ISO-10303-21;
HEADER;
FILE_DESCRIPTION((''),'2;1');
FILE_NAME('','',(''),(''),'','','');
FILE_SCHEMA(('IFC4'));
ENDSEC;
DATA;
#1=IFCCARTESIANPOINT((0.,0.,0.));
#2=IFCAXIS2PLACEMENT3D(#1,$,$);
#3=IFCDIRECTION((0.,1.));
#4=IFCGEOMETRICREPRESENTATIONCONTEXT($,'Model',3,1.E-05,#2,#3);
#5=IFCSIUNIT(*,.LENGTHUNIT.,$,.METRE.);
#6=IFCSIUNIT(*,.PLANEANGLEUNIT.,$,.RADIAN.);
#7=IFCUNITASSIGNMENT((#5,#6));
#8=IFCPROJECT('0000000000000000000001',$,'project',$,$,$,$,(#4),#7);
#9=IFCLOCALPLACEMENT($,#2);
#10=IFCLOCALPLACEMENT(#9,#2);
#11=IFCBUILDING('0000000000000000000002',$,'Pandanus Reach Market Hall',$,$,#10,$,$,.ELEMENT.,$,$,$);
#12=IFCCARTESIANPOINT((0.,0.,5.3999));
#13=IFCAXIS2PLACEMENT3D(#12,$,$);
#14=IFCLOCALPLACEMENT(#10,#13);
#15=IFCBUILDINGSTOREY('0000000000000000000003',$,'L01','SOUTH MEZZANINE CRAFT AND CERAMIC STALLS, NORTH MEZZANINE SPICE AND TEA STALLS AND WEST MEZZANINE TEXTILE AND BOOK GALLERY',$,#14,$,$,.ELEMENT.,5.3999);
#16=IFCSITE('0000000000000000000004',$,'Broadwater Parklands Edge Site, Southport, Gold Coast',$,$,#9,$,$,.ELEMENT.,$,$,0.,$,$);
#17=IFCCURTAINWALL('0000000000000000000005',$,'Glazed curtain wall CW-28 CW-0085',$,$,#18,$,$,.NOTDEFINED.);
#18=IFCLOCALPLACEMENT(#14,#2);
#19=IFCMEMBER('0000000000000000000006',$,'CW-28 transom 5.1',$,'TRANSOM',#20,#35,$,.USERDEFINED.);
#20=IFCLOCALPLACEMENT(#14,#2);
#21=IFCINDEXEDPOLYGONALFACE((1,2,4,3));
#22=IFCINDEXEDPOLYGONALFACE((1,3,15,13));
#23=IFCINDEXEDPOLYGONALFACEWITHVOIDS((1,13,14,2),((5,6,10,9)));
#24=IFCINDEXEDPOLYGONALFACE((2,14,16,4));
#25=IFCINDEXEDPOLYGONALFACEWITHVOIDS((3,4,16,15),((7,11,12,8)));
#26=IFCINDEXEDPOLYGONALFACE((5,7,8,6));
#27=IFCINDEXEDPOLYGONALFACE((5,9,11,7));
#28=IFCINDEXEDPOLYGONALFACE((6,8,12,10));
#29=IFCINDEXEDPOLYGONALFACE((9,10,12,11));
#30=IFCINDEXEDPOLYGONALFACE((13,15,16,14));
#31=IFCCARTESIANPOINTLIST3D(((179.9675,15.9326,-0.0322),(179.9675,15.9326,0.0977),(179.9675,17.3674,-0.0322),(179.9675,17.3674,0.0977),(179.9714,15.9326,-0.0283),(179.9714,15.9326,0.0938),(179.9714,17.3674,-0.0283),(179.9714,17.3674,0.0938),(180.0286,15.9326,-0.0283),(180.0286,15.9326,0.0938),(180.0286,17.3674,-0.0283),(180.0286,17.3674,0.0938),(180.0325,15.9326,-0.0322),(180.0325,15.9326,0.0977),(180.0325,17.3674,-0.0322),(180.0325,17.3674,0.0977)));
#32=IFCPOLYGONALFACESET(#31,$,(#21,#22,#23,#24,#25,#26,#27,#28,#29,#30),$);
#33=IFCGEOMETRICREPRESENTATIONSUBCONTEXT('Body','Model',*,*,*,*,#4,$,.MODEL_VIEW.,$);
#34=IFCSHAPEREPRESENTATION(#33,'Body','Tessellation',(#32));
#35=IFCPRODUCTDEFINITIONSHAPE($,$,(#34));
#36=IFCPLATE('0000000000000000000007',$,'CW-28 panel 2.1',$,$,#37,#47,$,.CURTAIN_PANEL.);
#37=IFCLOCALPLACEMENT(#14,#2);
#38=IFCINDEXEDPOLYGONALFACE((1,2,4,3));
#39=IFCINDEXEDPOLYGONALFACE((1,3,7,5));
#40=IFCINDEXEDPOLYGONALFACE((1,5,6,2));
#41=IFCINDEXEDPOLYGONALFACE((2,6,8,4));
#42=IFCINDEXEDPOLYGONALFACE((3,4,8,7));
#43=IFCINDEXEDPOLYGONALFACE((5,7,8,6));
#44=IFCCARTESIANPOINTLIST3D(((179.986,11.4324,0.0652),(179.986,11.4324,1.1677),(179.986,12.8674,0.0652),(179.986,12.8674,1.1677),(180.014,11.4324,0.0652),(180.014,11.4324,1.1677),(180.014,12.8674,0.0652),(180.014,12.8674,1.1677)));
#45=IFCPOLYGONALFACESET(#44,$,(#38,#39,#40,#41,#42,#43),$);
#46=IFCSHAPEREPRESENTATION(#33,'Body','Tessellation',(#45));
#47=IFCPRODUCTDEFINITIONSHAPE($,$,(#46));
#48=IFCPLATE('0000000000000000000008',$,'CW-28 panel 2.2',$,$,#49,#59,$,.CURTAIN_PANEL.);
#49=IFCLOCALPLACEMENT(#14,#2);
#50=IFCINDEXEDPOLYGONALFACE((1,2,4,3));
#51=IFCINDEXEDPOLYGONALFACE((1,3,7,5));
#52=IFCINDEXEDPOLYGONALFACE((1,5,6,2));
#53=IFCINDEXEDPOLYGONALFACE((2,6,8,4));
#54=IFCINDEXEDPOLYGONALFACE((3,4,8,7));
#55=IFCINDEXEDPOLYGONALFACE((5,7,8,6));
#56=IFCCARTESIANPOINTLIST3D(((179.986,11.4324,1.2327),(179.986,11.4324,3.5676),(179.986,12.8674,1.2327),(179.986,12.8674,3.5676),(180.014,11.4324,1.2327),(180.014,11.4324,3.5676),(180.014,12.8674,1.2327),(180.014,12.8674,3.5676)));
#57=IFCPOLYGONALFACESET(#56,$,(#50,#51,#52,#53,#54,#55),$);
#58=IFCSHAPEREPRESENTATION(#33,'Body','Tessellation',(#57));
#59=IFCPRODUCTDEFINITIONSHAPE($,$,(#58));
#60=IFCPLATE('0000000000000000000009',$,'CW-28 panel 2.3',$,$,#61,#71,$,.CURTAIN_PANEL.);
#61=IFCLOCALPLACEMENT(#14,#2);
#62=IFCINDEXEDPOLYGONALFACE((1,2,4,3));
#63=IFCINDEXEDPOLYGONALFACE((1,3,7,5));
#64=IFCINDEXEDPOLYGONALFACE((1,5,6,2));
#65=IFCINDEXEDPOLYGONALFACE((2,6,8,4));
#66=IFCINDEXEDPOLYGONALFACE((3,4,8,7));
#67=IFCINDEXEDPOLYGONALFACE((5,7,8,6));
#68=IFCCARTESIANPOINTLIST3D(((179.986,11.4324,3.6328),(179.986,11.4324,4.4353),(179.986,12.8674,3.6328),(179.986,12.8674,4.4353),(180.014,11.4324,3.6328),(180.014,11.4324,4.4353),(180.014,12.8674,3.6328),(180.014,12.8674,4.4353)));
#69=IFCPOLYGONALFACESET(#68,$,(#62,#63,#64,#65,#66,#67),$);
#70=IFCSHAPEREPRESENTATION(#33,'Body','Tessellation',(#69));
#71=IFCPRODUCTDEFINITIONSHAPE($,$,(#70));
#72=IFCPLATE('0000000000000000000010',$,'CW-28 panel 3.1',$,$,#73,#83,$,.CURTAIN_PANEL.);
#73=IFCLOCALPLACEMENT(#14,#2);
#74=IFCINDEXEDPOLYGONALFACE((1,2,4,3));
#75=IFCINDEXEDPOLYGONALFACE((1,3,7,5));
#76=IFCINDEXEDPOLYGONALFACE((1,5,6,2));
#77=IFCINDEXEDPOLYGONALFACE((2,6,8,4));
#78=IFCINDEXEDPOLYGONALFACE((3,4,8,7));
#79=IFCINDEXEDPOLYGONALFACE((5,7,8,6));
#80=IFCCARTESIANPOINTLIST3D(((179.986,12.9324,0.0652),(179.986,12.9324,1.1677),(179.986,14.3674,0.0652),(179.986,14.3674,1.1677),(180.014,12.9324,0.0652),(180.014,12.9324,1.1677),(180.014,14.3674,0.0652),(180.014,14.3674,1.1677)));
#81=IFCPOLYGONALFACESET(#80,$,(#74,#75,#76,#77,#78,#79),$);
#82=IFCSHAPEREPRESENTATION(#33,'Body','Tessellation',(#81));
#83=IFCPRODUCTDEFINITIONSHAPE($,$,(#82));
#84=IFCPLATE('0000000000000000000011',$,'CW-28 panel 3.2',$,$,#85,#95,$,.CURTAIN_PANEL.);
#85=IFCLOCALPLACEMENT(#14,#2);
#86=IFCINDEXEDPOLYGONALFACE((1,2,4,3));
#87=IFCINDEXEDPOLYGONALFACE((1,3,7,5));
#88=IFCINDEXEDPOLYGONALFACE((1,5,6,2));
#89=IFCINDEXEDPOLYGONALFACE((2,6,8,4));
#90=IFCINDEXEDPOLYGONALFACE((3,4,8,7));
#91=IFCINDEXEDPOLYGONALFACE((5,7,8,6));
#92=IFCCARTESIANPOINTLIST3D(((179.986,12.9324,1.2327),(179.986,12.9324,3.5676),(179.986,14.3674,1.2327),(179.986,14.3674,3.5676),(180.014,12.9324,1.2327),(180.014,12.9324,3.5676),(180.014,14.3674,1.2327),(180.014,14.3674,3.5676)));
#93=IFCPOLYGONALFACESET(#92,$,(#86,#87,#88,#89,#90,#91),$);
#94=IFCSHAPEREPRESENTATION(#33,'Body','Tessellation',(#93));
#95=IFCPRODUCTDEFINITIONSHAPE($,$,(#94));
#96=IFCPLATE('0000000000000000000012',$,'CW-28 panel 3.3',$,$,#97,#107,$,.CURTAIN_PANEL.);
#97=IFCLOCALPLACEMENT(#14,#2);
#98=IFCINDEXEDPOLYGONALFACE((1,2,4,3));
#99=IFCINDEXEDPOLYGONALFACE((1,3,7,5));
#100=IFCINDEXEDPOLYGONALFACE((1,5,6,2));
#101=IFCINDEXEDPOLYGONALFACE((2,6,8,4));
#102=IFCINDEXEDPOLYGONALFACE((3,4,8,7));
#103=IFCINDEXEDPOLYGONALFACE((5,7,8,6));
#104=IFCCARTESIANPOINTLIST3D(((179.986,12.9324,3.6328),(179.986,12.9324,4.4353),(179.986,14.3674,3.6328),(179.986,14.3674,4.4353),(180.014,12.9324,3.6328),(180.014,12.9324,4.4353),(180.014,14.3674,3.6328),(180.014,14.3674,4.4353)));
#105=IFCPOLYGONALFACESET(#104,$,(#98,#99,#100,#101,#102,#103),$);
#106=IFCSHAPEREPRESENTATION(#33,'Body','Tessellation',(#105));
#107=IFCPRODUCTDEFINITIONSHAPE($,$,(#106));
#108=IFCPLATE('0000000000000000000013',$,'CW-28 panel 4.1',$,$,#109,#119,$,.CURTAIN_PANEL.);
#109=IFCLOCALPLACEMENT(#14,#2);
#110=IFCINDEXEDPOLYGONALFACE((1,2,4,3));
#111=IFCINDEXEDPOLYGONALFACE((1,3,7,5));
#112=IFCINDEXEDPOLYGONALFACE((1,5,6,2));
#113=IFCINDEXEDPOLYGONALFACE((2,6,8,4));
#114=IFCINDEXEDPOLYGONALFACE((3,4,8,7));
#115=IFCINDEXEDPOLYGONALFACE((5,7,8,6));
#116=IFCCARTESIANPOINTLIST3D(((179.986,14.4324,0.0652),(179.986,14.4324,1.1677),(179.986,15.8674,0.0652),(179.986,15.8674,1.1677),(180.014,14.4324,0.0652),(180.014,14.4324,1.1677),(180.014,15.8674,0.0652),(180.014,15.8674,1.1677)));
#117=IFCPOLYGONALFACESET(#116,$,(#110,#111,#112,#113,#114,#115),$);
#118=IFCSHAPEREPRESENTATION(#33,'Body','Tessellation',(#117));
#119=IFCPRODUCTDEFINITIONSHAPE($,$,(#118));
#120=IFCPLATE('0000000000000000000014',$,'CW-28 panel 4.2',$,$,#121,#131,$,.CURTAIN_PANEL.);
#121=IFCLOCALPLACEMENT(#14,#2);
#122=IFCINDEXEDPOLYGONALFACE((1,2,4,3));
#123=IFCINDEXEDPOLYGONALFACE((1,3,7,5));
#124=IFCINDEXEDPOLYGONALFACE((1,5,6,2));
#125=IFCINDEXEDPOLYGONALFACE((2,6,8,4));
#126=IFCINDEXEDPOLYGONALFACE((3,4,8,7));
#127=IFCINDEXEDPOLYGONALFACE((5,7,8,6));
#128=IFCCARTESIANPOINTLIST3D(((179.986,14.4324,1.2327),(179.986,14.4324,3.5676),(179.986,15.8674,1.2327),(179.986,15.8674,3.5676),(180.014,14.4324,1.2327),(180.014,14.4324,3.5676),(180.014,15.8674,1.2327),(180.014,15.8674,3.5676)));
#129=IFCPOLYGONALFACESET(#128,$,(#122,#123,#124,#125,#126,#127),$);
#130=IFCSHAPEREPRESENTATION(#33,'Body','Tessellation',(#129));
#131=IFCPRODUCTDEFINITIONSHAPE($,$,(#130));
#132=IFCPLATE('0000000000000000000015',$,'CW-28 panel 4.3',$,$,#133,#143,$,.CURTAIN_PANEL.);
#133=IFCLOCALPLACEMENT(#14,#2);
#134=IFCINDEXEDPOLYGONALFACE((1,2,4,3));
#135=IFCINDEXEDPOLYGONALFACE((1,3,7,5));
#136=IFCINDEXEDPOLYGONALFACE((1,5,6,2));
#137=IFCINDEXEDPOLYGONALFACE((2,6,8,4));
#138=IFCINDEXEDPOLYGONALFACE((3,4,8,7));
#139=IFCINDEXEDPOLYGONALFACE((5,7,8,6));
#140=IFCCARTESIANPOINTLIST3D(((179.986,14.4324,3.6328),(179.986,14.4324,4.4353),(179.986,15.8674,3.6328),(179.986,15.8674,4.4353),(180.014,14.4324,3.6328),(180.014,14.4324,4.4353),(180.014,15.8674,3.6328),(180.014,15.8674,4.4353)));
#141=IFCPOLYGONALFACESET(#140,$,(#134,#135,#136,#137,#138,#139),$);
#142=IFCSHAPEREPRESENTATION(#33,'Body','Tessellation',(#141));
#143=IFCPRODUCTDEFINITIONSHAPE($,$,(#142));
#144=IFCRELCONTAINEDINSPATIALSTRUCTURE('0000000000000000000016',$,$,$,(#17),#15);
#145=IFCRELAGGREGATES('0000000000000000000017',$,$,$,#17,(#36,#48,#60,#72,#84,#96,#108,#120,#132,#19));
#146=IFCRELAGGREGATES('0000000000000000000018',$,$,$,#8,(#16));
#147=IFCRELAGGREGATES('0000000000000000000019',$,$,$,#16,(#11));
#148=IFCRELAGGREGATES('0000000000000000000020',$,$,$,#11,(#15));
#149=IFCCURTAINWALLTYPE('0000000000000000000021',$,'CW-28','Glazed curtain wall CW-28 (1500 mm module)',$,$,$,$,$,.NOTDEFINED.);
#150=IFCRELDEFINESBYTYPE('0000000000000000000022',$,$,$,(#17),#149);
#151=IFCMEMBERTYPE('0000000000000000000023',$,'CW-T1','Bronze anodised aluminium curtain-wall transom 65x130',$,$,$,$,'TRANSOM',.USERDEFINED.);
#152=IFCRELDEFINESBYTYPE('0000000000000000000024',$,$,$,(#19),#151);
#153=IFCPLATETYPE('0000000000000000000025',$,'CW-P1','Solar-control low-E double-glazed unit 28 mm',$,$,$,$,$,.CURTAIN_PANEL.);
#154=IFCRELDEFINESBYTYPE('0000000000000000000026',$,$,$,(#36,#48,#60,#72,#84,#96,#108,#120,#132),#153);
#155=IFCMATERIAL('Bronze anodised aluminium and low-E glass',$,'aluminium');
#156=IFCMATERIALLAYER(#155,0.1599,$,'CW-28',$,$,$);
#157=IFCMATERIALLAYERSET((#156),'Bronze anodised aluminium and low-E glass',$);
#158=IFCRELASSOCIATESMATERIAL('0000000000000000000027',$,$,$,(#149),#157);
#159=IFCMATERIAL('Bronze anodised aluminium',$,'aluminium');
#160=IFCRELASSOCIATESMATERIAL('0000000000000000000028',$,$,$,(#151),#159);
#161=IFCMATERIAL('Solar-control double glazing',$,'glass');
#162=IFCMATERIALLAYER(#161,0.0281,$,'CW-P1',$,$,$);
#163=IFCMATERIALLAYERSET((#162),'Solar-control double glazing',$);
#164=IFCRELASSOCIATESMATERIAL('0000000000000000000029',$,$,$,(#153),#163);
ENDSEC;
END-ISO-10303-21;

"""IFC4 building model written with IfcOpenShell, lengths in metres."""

from ifc_helpers import new_model, si_unit, direction, frame, origin, origin_2d, place, context, subcontext, project, spatial, rectangle, hollow_rectangle, extrude, material, layer, layer_set, material_profile, profile_set, type_object, element, aggregate, save


model = new_model("IFC4")

# Units and contexts
model_context = context("Model", 3, precision=1e-05, world=origin(), true_north=direction((0.0, 1.0)))
body_context = subcontext(model_context, "Body", "Model", "MODEL_VIEW")
ifc_project = project(units=[si_unit("LENGTHUNIT", "METRE"), si_unit("PLANEANGLEUNIT", "RADIAN")], contexts=[model_context])

# Site, building, storey
site_placement = place(None, origin())
site = spatial("IfcSite", under=ifc_project, at=site_placement, Name="Broadwater Parklands Edge Site, Southport, Gold Coast", CompositionType="ELEMENT", RefElevation=0.0)
building_placement = place(site_placement, origin())
building = spatial("IfcBuilding", under=site, at=building_placement, Name="Pandanus Reach Market Hall", CompositionType="ELEMENT")
storey_placement = place(building_placement, frame((0.0, 0.0, 5.3999)))
storey = spatial("IfcBuildingStorey", under=building, at=storey_placement, Name="L01", Description="SOUTH MEZZANINE CRAFT AND CERAMIC STALLS, NORTH MEZZANINE SPICE AND TEA STALLS AND WEST MEZZANINE TEXTILE AND BOOK GALLERY", CompositionType="ELEMENT", Elevation=5.3999)

# Curtain wall, member, plates
ifc_material_1 = material(Name="Bronze anodised aluminium and low-E glass", Category="aluminium")
ifc_layer_1 = layer(ifc_material_1, 0.1599, Name="CW-28")
ifc_layer_set_1 = layer_set([ifc_layer_1], Name="Bronze anodised aluminium and low-E glass")
curtain_wall_type = type_object("IfcCurtainWallType", Name="CW-28", Description="Glazed curtain wall CW-28 (1500 mm module)", PredefinedType="NOTDEFINED", material=ifc_layer_set_1)
curtain_wall_placement = place(storey_placement, origin())
curtain_wall = element("IfcCurtainWall", 1, at=curtain_wall_placement, inside=storey, type_object=curtain_wall_type, Name="Glazed curtain wall CW-28 CW-0085", PredefinedType="NOTDEFINED")
ifc_material_2 = material(Name="Bronze anodised aluminium", Category="aluminium")
ifc_material_profile_1 = material_profile(ifc_material_2, hollow_rectangle(XDim=0.0649, YDim=0.1299, WallThickness=0.0039, at=origin_2d()), Name="ALU65x130", Category="LoadBearing")
ifc_profile_set_1 = profile_set([ifc_material_profile_1], Name="Bronze anodised aluminium")
member_type_1 = type_object("IfcMemberType", Name="CW-T1", Description="Bronze anodised aluminium curtain-wall transom 65x130", ElementType="TRANSOM", PredefinedType="USERDEFINED", material=ifc_profile_set_1)
member_1_placement = place(storey_placement, frame((180.0, 15.9326, 0.0327), z_axis=(0.0, 1.0, 0.0), x_axis=(-1.0, 0.0, 0.0)))
member_1 = element("IfcMember", 2, at=member_1_placement, type_object=member_type_1, Name="CW-28 transom 5.1", ObjectType="TRANSOM", PredefinedType="USERDEFINED", context=body_context, shape_type="SweptSolid", body=[
    extrude(hollow_rectangle(XDim=0.0649, YDim=0.1299, WallThickness=0.0039, at=origin_2d()), origin(), (0.0, 0.0, 1.0), 1.4348),
])
ifc_material_3 = material(Name="Solar-control double glazing", Category="glass")
ifc_layer_2 = layer(ifc_material_3, 0.0281, Name="CW-P1")
ifc_layer_set_2 = layer_set([ifc_layer_2], Name="Solar-control double glazing")
plate_type = type_object("IfcPlateType", Name="CW-P1", Description="Solar-control low-E double-glazed unit 28 mm", PredefinedType="CURTAIN_PANEL", material=ifc_layer_set_2)
plate_1_placement = place(storey_placement, frame((180.0, 12.1499, 0.0652), z_axis=(0.0, 0.0, 1.0), x_axis=(0.0, 1.0, 0.0)))
plate_1 = element("IfcPlate", 3, at=plate_1_placement, type_object=plate_type, Name="CW-28 panel 2.1", PredefinedType="CURTAIN_PANEL", context=body_context, shape_type="SweptSolid", body=[
    extrude(rectangle(XDim=1.4351, YDim=0.0281, at=origin_2d()), origin(), (0.0, 0.0, 1.0), 1.1025),
])
plate_2_placement = place(storey_placement, frame((180.0, 12.1499, 1.2327), z_axis=(0.0, 0.0, 1.0), x_axis=(0.0, 1.0, 0.0)))
plate_2 = element("IfcPlate", 4, at=plate_2_placement, type_object=plate_type, Name="CW-28 panel 2.2", PredefinedType="CURTAIN_PANEL", context=body_context, shape_type="SweptSolid", body=[
    extrude(rectangle(XDim=1.4351, YDim=0.0281, at=origin_2d()), origin(), (0.0, 0.0, 1.0), 2.335),
])
plate_3_placement = place(storey_placement, frame((180.0, 12.1499, 3.6328), z_axis=(0.0, 0.0, 1.0), x_axis=(0.0, 1.0, 0.0)))
plate_3 = element("IfcPlate", 5, at=plate_3_placement, type_object=plate_type, Name="CW-28 panel 2.3", PredefinedType="CURTAIN_PANEL", context=body_context, shape_type="SweptSolid", body=[
    extrude(rectangle(XDim=1.4351, YDim=0.0281, at=origin_2d()), origin(), (0.0, 0.0, 1.0), 0.8025),
])
plate_4_placement = place(storey_placement, frame((180.0, 13.6499, 0.0652), z_axis=(0.0, 0.0, 1.0), x_axis=(0.0, 1.0, 0.0)))
plate_4 = element("IfcPlate", 6, at=plate_4_placement, type_object=plate_type, Name="CW-28 panel 3.1", PredefinedType="CURTAIN_PANEL", context=body_context, shape_type="SweptSolid", body=[
    extrude(rectangle(XDim=1.4351, YDim=0.0281, at=origin_2d()), origin(), (0.0, 0.0, 1.0), 1.1025),
])
plate_5_placement = place(storey_placement, frame((180.0, 13.6499, 1.2327), z_axis=(0.0, 0.0, 1.0), x_axis=(0.0, 1.0, 0.0)))
plate_5 = element("IfcPlate", 7, at=plate_5_placement, type_object=plate_type, Name="CW-28 panel 3.2", PredefinedType="CURTAIN_PANEL", context=body_context, shape_type="SweptSolid", body=[
    extrude(rectangle(XDim=1.4351, YDim=0.0281, at=origin_2d()), origin(), (0.0, 0.0, 1.0), 2.335),
])
plate_6_placement = place(storey_placement, frame((180.0, 13.6499, 3.6328), z_axis=(0.0, 0.0, 1.0), x_axis=(0.0, 1.0, 0.0)))
plate_6 = element("IfcPlate", 8, at=plate_6_placement, type_object=plate_type, Name="CW-28 panel 3.3", PredefinedType="CURTAIN_PANEL", context=body_context, shape_type="SweptSolid", body=[
    extrude(rectangle(XDim=1.4351, YDim=0.0281, at=origin_2d()), origin(), (0.0, 0.0, 1.0), 0.8025),
])
plate_7_placement = place(storey_placement, frame((180.0, 15.1499, 0.0652), z_axis=(0.0, 0.0, 1.0), x_axis=(0.0, 1.0, 0.0)))
plate_7 = element("IfcPlate", 9, at=plate_7_placement, type_object=plate_type, Name="CW-28 panel 4.1", PredefinedType="CURTAIN_PANEL", context=body_context, shape_type="SweptSolid", body=[
    extrude(rectangle(XDim=1.4351, YDim=0.0281, at=origin_2d()), origin(), (0.0, 0.0, 1.0), 1.1025),
])
plate_8_placement = place(storey_placement, frame((180.0, 15.1499, 1.2327), z_axis=(0.0, 0.0, 1.0), x_axis=(0.0, 1.0, 0.0)))
plate_8 = element("IfcPlate", 10, at=plate_8_placement, type_object=plate_type, Name="CW-28 panel 4.2", PredefinedType="CURTAIN_PANEL", context=body_context, shape_type="SweptSolid", body=[
    extrude(rectangle(XDim=1.4351, YDim=0.0281, at=origin_2d()), origin(), (0.0, 0.0, 1.0), 2.335),
])
plate_9_placement = place(storey_placement, frame((180.0, 15.1499, 3.6328), z_axis=(0.0, 0.0, 1.0), x_axis=(0.0, 1.0, 0.0)))
plate_9 = element("IfcPlate", 11, at=plate_9_placement, type_object=plate_type, Name="CW-28 panel 4.3", PredefinedType="CURTAIN_PANEL", context=body_context, shape_type="SweptSolid", body=[
    extrude(rectangle(XDim=1.4351, YDim=0.0281, at=origin_2d()), origin(), (0.0, 0.0, 1.0), 0.8025),
])
aggregate(curtain_wall, [plate_1, plate_2, plate_3, plate_4, plate_5, plate_6, plate_7, plate_8, plate_9, member_1])

save(model, "model.ifc")
